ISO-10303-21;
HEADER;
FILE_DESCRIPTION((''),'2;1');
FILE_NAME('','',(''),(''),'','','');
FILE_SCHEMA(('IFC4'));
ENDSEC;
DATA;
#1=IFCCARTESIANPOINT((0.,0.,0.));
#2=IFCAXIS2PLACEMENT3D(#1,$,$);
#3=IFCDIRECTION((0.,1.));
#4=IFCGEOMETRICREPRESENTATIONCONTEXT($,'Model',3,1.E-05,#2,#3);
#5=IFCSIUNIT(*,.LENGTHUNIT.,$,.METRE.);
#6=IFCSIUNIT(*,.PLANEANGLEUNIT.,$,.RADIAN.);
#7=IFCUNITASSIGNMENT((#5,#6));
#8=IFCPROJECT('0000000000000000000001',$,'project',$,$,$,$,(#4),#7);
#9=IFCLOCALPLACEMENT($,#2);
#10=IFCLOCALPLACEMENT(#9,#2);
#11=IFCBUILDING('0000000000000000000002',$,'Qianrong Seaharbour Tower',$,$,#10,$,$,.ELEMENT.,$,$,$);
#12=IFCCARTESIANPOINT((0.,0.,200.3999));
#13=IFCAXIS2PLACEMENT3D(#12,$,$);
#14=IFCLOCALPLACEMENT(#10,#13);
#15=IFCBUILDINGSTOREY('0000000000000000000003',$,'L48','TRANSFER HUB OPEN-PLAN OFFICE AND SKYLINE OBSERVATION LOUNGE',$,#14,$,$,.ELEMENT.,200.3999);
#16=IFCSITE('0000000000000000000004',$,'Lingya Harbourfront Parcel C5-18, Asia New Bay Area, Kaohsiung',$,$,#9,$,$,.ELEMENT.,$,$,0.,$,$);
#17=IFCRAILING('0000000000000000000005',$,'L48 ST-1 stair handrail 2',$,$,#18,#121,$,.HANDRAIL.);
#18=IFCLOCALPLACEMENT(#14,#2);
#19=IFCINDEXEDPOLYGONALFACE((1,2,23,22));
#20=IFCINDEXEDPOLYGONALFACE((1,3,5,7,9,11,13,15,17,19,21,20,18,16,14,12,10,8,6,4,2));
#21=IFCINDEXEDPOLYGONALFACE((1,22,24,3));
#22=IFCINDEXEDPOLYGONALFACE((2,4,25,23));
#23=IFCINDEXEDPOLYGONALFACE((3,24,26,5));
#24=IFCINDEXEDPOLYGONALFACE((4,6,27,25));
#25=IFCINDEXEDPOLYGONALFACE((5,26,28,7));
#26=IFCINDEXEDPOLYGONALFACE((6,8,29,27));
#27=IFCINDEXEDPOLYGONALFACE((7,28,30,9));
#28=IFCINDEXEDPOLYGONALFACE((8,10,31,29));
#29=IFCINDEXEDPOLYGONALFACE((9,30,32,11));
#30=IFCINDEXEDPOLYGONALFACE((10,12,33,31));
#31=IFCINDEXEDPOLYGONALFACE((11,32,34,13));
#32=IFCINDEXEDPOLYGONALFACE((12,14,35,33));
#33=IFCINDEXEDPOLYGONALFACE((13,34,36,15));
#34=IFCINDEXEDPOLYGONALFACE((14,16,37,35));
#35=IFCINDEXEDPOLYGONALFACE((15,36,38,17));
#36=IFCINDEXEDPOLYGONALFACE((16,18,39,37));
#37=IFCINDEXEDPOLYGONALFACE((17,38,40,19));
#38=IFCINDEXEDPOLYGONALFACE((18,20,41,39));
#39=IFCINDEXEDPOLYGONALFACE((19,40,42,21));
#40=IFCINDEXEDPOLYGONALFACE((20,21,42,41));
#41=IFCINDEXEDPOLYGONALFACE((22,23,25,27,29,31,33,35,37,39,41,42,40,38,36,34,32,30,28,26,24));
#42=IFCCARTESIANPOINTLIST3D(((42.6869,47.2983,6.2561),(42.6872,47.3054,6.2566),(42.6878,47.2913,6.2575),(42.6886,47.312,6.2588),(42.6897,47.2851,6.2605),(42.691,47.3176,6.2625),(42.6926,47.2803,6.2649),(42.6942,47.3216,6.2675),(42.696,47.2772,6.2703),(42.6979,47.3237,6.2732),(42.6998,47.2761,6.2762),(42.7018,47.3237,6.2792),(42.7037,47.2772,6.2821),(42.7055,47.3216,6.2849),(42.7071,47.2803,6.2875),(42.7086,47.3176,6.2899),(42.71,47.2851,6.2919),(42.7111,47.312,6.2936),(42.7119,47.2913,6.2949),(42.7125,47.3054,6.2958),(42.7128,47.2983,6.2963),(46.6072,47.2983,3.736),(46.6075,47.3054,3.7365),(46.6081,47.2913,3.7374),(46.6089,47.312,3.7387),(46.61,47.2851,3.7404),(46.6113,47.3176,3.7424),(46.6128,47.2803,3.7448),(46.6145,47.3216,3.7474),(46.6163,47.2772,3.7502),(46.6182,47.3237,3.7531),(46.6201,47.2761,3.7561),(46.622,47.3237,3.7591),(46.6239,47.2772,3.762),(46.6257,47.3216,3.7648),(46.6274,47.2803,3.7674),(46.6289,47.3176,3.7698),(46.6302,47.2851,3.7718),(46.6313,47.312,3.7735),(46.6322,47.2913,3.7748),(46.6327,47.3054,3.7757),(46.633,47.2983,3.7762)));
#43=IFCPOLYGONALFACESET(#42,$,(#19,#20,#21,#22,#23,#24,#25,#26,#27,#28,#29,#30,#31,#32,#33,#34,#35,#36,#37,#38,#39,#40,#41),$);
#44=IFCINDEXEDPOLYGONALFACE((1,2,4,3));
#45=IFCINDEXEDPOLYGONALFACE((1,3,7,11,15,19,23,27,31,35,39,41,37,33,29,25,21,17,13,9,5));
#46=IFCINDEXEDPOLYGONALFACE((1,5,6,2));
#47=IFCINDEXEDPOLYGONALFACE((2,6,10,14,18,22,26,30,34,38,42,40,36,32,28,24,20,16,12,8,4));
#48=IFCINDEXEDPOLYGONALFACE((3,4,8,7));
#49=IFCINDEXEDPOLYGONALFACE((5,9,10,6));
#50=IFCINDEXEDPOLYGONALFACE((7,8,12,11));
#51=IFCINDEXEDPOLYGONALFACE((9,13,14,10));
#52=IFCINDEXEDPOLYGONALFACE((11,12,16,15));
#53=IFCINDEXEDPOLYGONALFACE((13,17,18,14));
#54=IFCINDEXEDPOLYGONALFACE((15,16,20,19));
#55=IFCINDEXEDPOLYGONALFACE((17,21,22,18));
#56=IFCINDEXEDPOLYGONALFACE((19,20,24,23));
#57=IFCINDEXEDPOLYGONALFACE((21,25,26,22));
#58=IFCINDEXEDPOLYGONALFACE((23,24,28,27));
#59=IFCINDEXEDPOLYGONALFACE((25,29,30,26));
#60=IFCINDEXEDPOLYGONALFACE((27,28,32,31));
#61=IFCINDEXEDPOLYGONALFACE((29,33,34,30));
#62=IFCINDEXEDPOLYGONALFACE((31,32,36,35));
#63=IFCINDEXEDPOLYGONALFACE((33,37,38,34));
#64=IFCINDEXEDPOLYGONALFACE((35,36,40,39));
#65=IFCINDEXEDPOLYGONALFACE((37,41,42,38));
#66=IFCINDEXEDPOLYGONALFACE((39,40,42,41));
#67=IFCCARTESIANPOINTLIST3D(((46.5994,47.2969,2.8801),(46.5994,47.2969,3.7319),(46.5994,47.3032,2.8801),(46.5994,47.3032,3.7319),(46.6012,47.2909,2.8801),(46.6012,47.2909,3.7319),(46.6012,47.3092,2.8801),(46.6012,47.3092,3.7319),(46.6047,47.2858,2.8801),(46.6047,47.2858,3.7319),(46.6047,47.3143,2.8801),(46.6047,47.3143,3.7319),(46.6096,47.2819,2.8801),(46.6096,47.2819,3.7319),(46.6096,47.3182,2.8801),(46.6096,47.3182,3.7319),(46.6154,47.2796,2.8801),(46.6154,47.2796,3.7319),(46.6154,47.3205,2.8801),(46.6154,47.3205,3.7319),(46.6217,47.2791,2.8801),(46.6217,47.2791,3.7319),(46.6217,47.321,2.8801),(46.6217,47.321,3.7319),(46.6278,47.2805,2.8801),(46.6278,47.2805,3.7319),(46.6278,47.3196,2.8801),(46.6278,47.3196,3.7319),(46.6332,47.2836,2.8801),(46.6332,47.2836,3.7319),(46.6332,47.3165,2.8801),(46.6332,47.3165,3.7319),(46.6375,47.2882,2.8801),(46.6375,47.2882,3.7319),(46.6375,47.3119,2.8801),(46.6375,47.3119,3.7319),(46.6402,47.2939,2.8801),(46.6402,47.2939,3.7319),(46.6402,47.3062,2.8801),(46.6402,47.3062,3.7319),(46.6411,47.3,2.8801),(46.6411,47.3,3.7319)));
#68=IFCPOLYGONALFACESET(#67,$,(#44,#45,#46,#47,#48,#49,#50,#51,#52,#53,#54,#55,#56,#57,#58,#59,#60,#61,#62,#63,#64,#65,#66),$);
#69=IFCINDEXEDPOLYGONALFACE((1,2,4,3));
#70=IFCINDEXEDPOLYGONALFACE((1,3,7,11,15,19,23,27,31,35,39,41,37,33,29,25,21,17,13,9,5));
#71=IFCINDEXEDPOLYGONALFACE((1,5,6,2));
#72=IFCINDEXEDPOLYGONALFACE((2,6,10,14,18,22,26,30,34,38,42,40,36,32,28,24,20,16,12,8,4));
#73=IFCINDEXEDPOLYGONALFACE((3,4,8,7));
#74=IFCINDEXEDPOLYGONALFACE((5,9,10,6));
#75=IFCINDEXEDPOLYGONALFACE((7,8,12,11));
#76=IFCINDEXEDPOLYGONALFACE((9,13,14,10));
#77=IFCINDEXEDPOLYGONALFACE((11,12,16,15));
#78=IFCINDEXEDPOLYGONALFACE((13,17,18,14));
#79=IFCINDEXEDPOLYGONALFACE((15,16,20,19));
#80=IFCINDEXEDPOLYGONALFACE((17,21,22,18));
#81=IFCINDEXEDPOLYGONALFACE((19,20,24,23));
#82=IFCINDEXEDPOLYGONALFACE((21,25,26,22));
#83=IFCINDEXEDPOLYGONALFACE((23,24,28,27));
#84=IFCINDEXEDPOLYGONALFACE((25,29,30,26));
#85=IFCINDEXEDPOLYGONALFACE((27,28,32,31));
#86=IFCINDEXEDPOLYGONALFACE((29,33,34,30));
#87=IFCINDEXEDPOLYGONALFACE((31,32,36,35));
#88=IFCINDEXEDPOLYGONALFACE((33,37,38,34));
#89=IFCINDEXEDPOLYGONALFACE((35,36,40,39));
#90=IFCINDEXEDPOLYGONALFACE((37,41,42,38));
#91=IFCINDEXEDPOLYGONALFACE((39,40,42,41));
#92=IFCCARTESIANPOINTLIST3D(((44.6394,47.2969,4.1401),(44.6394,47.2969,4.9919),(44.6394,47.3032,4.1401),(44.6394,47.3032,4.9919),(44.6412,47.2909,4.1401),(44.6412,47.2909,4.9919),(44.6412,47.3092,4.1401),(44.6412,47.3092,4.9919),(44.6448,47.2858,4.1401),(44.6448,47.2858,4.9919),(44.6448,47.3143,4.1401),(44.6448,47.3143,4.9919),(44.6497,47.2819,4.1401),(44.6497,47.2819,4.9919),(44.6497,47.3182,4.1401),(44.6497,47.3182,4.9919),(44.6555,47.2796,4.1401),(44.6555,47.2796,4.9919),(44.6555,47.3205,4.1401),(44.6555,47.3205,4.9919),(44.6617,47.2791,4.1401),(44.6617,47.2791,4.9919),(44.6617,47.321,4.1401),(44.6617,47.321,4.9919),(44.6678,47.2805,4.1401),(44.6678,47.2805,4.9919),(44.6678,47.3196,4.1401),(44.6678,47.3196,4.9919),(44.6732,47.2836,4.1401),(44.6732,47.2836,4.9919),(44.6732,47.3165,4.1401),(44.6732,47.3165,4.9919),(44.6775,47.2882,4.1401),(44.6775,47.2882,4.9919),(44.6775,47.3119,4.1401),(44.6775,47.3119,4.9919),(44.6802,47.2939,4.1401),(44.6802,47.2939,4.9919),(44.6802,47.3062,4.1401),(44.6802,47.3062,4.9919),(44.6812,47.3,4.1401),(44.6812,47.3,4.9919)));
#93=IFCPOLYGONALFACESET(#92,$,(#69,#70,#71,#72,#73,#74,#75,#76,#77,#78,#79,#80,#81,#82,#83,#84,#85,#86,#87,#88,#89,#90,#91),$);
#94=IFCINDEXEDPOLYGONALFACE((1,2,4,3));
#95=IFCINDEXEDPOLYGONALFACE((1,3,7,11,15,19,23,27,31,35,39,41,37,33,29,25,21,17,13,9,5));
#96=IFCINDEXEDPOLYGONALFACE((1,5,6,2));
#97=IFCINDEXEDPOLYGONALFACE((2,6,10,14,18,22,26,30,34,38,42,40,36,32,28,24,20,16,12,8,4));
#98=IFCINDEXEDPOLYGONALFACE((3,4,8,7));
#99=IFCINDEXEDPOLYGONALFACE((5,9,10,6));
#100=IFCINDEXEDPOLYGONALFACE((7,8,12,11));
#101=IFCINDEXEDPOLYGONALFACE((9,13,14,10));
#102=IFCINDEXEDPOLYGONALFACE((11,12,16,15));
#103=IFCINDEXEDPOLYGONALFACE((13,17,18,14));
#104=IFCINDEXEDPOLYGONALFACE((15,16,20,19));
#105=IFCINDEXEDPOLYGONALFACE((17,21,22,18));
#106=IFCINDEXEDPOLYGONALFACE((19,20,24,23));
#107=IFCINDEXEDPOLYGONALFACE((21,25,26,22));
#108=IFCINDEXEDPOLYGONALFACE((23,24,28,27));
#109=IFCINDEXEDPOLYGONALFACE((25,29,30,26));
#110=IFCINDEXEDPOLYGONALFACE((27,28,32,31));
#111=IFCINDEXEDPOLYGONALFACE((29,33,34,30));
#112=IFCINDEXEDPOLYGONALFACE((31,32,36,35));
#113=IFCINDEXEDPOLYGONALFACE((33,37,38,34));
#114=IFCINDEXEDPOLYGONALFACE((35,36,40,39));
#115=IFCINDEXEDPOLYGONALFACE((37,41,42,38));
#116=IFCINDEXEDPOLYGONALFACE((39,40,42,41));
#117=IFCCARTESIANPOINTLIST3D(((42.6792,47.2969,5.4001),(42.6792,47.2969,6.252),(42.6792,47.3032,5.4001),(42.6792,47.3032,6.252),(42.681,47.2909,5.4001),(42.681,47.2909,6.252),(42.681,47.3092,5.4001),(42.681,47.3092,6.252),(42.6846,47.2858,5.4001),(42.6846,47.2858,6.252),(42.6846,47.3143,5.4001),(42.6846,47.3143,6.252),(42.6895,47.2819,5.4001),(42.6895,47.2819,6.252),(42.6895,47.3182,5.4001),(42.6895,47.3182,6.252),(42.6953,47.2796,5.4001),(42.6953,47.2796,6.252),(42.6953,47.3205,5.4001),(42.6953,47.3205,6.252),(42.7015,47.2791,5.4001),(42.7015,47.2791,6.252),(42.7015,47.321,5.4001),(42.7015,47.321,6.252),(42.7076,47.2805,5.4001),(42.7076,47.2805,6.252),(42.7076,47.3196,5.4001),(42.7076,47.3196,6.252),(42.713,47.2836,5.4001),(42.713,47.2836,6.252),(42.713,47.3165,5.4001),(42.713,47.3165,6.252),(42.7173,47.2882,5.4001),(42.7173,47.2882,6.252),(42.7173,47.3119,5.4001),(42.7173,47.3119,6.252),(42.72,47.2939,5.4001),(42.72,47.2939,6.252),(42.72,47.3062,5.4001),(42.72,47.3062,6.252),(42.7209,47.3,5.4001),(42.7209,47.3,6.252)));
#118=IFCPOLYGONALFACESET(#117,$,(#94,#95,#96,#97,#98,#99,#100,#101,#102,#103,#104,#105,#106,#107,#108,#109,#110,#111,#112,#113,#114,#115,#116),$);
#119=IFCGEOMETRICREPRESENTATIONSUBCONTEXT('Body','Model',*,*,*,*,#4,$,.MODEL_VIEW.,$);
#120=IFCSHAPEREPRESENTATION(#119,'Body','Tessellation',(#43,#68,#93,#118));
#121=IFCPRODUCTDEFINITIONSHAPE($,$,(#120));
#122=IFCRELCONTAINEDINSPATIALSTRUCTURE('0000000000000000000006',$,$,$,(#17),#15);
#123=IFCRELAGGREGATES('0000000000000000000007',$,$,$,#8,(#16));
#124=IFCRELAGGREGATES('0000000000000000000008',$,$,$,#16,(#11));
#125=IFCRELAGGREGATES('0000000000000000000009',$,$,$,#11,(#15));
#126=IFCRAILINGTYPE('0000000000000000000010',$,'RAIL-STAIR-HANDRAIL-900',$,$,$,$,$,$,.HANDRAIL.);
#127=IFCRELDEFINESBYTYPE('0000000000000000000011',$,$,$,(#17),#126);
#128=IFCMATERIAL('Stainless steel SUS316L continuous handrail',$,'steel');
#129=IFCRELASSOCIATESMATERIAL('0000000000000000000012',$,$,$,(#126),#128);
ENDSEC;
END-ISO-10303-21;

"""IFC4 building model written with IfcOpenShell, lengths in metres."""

from ifc_helpers import new_model, si_unit, direction, frame, origin, origin_2d, place, context, subcontext, project, spatial, circle, extrude, material, type_object, element, save


model = new_model("IFC4")

# Units and contexts
model_context = context("Model", 3, precision=1e-05, world=origin(), true_north=direction((0.0, 1.0)))
body_context = subcontext(model_context, "Body", "Model", "MODEL_VIEW")
ifc_project = project(units=[si_unit("LENGTHUNIT", "METRE"), si_unit("PLANEANGLEUNIT", "RADIAN")], contexts=[model_context])

# Site, building, storey
site_placement = place(None, origin())
site = spatial("IfcSite", under=ifc_project, at=site_placement, Name="Lingya Harbourfront Parcel C5-18, Asia New Bay Area, Kaohsiung", CompositionType="ELEMENT", RefElevation=0.0)
building_placement = place(site_placement, origin())
building = spatial("IfcBuilding", under=site, at=building_placement, Name="Qianrong Seaharbour Tower", CompositionType="ELEMENT")
storey_placement = place(building_placement, frame((0.0, 0.0, 200.3999)))
storey = spatial("IfcBuildingStorey", under=building, at=storey_placement, Name="L48", Description="TRANSFER HUB OPEN-PLAN OFFICE AND SKYLINE OBSERVATION LOUNGE", CompositionType="ELEMENT", Elevation=200.3999)

# Railing
ifc_material_1 = material(Name="Stainless steel SUS316L continuous handrail", Category="steel")
railing_type_1 = type_object("IfcRailingType", Name="RAIL-STAIR-HANDRAIL-900", PredefinedType="HANDRAIL", material=ifc_material_1)
railing_1_placement = place(storey_placement, frame((46.6201, 47.3, 2.8801)))
element("IfcRailing", 1, at=railing_1_placement, inside=storey, type_object=railing_type_1, Name="L48 ST-1 stair handrail 2", PredefinedType="HANDRAIL", context=body_context, shape_type="SweptSolid", body=[
    extrude(circle(Radius=0.0239, at=origin_2d()), frame((0.0, 0.0, 0.876), z_axis=(-0.841187, 0.0, 0.540744), x_axis=(0.0, -1.0, 0.0)), (0.0, 0.0, 1.0), 4.6604),
    extrude(circle(Radius=0.021, at=origin_2d()), origin(), (0.0, 0.0, 1.0), 0.8518),
    extrude(circle(Radius=0.021, at=origin_2d()), frame((-1.96, 0.0, 1.26)), (0.0, 0.0, 1.0), 0.8518),
    extrude(circle(Radius=0.021, at=origin_2d()), frame((-3.9202, 0.0, 2.52)), (0.0, 0.0, 1.0), 0.8518),
])

save(model, "model.ifc")
